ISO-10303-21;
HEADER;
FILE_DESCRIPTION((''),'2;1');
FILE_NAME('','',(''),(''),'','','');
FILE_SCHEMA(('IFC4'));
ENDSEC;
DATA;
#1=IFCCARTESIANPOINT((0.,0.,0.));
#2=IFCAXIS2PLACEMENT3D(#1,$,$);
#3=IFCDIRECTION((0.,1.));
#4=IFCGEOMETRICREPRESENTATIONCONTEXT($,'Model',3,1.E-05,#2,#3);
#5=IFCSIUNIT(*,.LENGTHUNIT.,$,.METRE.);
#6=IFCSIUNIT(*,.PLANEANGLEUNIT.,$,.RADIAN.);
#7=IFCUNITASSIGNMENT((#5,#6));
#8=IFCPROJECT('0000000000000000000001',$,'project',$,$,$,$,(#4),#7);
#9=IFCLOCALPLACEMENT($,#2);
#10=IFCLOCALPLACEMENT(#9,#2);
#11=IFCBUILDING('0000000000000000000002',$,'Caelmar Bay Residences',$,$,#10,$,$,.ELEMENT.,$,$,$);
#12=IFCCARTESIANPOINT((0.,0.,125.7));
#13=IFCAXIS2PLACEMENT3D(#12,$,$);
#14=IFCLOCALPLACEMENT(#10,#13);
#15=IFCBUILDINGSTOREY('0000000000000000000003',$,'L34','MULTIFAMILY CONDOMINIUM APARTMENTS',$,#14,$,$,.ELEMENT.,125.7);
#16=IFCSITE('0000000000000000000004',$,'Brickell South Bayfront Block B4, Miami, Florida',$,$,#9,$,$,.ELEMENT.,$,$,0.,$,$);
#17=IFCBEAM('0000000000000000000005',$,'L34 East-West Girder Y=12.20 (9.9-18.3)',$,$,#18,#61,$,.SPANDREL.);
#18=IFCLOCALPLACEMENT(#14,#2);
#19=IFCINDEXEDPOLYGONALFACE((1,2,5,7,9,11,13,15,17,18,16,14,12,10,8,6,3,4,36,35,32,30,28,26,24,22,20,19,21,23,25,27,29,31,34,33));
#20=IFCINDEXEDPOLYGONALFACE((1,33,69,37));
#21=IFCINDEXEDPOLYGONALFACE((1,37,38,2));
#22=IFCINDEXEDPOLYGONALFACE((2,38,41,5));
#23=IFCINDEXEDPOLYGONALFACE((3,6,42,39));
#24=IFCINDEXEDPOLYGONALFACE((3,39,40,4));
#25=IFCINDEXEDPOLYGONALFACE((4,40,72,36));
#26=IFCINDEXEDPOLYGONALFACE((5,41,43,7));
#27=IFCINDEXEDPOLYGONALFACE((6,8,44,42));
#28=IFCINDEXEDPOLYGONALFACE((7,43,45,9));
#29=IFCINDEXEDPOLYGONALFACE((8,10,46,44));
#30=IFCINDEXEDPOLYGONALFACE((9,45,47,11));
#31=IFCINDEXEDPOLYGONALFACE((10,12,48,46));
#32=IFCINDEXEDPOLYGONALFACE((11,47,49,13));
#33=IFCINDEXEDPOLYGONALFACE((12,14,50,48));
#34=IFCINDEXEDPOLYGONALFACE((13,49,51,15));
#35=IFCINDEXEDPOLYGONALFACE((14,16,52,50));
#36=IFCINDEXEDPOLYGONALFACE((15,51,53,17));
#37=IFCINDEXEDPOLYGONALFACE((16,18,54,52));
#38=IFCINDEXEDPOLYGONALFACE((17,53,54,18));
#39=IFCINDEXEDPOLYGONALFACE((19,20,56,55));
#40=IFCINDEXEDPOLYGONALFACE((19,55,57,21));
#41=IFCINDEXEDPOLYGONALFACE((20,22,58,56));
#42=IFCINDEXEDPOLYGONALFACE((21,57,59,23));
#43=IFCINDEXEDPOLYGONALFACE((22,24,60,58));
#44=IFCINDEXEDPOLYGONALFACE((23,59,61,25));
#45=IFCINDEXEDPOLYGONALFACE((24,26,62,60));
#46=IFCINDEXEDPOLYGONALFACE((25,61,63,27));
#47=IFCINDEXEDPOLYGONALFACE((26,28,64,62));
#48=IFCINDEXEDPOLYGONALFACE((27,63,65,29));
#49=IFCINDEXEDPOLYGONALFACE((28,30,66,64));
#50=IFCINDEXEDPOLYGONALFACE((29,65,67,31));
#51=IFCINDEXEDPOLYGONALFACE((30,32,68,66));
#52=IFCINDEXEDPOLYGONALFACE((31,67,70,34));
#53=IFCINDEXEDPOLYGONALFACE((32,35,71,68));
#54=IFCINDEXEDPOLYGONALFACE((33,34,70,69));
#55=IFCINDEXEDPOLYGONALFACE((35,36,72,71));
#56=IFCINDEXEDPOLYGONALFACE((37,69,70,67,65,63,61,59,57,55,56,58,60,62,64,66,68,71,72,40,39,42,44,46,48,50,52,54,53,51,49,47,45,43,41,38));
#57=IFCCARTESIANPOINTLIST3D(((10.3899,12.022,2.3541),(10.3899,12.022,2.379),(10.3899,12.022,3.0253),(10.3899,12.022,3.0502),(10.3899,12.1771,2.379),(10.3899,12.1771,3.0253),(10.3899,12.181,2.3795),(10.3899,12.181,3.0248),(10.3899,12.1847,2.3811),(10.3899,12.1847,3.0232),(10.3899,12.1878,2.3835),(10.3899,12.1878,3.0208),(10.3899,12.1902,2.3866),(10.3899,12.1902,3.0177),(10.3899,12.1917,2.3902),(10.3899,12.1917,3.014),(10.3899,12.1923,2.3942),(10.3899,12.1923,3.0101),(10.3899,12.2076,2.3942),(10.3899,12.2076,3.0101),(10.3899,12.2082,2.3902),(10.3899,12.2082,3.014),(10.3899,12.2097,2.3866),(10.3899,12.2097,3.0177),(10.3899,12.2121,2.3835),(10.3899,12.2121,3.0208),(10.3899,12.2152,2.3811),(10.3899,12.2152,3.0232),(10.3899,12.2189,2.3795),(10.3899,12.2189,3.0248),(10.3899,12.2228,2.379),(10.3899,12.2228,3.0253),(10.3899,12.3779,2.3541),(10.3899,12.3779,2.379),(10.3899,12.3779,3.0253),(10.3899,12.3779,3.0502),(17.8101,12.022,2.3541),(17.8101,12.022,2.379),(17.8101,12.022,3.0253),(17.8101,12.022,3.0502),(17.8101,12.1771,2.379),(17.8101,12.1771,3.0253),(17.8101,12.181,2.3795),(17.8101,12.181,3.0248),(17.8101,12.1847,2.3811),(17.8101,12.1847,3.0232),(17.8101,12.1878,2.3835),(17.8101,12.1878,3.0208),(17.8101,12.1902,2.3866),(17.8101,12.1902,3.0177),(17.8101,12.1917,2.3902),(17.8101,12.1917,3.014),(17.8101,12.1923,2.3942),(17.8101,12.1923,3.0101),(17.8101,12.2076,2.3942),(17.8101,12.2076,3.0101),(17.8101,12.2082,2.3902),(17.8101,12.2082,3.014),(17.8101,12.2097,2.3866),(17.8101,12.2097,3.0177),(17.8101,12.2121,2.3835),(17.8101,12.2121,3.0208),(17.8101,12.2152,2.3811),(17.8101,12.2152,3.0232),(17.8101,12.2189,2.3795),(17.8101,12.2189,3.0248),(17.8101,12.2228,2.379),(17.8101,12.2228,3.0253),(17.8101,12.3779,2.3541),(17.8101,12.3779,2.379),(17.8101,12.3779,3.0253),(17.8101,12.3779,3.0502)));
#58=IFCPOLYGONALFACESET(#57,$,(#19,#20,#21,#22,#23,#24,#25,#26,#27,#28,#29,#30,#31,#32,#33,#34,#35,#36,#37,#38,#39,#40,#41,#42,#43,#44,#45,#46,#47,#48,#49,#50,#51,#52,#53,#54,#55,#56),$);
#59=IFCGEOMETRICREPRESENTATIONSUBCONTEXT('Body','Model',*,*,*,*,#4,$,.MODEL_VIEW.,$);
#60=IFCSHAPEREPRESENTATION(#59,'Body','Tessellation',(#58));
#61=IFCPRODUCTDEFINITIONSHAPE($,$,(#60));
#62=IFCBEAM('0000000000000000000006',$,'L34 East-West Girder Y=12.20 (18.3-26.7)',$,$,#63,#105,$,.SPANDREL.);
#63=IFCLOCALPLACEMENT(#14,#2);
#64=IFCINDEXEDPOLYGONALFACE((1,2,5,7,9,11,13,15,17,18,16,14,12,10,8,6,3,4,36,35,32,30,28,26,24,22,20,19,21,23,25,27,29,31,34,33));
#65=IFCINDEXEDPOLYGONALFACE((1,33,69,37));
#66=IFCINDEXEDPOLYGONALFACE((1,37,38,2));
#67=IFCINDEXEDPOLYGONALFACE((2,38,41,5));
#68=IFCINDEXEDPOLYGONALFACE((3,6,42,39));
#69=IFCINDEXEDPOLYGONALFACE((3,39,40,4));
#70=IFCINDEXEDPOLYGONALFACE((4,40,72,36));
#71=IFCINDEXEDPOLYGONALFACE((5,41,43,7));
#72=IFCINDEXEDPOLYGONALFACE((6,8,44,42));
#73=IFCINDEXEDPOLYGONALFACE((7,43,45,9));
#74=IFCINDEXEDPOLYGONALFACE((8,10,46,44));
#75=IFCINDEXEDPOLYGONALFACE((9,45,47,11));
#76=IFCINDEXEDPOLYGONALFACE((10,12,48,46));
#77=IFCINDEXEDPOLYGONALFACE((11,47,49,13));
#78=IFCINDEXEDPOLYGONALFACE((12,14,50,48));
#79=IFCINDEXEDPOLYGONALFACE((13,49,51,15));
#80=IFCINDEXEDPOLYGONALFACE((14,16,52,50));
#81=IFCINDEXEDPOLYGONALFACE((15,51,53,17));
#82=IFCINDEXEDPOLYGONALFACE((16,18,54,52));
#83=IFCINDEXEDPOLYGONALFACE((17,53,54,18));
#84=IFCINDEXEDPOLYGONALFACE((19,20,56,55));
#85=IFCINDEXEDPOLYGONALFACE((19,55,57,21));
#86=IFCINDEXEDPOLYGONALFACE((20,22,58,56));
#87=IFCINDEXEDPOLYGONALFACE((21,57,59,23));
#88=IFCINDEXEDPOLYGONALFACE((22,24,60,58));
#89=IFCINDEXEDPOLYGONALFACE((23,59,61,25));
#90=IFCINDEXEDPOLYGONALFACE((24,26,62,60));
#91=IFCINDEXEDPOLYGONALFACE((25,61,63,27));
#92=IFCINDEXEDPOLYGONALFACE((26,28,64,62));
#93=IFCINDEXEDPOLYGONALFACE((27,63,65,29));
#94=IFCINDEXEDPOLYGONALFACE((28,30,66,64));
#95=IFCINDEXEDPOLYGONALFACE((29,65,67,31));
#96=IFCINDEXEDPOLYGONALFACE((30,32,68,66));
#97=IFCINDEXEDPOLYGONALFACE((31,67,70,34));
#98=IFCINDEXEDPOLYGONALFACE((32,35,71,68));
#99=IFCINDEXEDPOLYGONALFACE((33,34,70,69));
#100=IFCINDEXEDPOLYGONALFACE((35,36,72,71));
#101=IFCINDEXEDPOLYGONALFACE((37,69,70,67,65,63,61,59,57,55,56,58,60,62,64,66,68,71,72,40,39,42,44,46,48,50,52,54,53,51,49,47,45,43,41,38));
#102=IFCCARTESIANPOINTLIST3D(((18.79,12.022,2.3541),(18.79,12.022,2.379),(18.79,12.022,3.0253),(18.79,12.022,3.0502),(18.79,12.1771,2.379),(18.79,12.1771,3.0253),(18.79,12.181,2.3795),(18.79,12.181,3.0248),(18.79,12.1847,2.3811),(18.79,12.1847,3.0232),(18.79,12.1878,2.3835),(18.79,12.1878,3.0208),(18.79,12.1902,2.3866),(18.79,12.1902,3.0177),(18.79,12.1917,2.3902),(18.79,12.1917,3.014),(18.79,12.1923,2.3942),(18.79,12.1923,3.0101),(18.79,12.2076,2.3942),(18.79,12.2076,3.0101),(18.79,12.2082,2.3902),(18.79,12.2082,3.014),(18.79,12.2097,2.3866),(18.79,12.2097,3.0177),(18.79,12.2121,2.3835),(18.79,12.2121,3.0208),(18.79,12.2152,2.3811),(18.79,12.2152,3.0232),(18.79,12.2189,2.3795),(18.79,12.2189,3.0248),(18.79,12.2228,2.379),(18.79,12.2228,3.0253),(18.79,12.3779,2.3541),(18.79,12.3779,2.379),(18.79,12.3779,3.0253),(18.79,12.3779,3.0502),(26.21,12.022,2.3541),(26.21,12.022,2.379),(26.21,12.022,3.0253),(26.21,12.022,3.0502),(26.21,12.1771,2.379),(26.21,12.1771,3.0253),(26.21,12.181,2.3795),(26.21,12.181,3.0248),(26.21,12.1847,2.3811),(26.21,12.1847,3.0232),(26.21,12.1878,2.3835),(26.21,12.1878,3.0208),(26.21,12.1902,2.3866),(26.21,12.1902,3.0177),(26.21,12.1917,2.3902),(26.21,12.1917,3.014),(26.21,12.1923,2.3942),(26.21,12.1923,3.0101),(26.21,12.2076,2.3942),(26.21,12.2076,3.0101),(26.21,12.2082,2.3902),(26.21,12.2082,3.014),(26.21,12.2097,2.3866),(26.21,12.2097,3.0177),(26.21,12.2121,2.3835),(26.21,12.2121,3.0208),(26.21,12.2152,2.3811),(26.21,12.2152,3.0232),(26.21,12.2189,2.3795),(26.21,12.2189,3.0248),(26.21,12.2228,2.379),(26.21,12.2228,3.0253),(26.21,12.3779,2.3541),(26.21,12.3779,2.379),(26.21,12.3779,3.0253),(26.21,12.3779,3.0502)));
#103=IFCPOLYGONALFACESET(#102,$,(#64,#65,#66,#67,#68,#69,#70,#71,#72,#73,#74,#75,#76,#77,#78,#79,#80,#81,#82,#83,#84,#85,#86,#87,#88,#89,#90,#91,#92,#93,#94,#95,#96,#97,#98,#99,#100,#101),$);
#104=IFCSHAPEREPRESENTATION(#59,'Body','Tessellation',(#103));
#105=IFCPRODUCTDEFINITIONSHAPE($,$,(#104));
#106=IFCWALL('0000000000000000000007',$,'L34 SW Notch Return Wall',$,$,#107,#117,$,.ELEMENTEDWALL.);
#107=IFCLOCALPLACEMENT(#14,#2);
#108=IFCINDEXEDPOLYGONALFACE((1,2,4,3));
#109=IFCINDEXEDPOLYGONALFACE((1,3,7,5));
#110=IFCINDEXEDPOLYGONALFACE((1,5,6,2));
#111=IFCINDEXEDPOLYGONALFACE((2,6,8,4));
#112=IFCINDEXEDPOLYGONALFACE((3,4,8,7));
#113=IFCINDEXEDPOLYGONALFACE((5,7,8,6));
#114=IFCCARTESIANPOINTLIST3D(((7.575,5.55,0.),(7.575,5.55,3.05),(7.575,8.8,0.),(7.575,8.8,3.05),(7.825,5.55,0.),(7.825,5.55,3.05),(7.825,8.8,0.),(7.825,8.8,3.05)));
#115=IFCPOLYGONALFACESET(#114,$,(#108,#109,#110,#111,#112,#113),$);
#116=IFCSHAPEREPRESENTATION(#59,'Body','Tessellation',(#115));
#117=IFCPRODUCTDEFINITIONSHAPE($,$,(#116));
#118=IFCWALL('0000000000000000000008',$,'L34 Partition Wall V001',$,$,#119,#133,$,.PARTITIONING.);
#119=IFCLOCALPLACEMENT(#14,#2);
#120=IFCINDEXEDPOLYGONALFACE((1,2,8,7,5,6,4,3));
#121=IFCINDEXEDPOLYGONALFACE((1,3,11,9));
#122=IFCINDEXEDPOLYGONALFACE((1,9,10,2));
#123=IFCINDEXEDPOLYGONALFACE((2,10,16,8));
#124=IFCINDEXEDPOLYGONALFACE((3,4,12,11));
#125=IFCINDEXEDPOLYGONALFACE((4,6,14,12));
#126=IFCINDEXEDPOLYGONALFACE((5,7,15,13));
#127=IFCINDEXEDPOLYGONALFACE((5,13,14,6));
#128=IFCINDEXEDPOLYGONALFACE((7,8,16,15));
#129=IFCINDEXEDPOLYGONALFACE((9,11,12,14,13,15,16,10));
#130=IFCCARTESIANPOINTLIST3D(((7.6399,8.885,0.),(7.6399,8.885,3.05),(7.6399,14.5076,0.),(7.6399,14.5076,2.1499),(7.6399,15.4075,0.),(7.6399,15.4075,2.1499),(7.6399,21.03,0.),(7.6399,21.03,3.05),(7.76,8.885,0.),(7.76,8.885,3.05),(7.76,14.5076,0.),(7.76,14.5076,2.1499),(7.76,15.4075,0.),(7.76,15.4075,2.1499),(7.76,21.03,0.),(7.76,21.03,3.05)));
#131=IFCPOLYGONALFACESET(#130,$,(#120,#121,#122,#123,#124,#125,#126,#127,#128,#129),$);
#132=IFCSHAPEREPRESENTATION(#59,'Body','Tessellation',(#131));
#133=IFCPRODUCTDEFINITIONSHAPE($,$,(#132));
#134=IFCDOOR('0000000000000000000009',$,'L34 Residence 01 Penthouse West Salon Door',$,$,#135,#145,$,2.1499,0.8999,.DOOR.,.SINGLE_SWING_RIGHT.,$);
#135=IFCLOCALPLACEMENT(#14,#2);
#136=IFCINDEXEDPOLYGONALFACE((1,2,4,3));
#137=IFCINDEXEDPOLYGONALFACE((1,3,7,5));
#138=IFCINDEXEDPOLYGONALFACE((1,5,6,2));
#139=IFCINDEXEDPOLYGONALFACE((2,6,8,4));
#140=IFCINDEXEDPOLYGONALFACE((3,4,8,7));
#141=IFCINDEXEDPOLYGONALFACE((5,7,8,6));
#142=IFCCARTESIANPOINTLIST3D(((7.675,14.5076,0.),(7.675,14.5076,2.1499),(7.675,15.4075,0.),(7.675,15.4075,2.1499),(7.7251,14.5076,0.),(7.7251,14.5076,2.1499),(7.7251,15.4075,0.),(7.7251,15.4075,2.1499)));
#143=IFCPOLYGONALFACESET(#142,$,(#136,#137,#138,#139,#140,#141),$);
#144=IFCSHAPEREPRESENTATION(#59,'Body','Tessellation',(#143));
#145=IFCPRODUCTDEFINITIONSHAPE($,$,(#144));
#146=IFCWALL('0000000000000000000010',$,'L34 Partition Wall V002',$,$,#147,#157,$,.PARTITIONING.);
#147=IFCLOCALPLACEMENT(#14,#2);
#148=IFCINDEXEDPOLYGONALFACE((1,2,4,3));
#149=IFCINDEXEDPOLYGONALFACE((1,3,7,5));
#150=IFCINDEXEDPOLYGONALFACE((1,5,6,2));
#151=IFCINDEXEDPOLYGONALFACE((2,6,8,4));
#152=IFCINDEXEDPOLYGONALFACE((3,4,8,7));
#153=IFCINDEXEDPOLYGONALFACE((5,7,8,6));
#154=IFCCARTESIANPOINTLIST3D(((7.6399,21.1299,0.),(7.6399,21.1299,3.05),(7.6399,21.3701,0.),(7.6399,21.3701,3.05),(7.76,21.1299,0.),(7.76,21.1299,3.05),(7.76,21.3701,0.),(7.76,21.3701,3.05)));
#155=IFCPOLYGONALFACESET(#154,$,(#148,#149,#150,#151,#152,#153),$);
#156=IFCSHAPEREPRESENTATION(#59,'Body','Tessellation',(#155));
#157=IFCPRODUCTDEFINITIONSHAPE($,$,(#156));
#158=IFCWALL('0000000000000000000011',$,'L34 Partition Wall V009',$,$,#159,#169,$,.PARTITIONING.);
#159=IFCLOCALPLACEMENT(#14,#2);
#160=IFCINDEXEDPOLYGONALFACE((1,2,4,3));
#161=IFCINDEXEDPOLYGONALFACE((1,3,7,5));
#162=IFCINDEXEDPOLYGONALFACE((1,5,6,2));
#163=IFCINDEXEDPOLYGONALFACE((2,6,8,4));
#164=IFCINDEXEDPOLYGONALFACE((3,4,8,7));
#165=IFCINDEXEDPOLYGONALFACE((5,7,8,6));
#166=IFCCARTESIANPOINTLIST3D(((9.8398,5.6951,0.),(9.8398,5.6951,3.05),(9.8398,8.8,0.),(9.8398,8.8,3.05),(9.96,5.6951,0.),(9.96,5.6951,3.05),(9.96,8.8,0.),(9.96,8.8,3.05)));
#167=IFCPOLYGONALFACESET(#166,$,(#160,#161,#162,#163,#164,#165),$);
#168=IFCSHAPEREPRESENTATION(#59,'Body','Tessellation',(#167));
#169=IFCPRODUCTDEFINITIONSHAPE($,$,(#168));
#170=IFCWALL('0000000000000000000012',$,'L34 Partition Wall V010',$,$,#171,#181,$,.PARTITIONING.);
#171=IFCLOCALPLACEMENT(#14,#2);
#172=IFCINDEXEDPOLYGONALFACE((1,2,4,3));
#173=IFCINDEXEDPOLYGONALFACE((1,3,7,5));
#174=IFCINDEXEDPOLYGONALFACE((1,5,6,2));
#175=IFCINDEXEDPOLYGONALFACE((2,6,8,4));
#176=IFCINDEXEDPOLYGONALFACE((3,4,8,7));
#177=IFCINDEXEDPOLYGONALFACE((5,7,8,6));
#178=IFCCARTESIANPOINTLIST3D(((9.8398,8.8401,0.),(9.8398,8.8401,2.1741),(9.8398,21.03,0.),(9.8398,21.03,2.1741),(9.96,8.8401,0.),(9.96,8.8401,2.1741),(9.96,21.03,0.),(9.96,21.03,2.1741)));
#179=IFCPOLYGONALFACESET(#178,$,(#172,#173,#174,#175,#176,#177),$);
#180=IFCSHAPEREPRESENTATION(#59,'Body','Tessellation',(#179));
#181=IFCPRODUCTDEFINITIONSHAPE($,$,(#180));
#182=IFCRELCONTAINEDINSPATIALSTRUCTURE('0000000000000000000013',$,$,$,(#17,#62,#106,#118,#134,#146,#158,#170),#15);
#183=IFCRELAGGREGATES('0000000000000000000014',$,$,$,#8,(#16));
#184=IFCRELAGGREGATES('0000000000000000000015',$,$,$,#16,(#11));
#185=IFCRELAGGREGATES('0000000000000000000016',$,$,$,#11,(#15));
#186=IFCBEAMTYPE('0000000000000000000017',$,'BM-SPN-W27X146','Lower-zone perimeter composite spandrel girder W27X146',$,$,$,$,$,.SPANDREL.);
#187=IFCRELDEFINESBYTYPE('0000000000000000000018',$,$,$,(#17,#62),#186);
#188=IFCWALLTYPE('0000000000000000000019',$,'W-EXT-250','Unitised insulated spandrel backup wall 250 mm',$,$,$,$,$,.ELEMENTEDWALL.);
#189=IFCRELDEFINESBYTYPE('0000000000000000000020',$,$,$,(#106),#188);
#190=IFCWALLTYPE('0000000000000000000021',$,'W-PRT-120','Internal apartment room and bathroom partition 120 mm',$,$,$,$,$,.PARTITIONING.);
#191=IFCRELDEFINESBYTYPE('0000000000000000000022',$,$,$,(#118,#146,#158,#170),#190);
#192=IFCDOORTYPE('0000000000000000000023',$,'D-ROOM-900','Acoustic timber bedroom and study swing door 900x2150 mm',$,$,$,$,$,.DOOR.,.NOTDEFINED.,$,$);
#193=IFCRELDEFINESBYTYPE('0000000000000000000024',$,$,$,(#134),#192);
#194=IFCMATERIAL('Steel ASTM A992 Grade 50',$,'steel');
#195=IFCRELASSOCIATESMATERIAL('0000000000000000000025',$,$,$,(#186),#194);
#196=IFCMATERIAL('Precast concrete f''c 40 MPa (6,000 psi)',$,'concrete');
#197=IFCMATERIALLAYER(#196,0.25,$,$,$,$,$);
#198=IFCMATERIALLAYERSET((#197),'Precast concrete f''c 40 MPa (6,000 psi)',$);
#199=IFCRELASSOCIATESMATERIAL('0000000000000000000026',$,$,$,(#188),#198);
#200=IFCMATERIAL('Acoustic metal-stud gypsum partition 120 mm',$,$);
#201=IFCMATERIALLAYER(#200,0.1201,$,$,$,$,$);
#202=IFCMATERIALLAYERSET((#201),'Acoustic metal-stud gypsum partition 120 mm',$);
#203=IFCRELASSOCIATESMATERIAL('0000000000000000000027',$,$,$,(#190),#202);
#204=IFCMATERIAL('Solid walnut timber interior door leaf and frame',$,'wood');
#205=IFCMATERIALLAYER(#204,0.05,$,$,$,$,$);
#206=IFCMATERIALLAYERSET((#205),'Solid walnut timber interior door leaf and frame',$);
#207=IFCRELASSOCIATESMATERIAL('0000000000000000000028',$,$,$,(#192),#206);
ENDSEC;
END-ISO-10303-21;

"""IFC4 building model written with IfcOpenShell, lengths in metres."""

from ifc_helpers import new_model, si_unit, direction, frame, frame_2d, origin, origin_2d, place, context, subcontext, project, spatial, rectangle, i_section, extrude, material, layer, layer_set, material_profile, profile_set, type_object, element, fill, save


model = new_model("IFC4")

# Units and contexts
model_context = context("Model", 3, precision=1e-05, world=origin(), true_north=direction((0.0, 1.0)))
body_context = subcontext(model_context, "Body", "Model", "MODEL_VIEW")
ifc_project = project(units=[si_unit("LENGTHUNIT", "METRE"), si_unit("PLANEANGLEUNIT", "RADIAN")], contexts=[model_context])

# Site, building, storey
site_placement = place(None, origin())
site = spatial("IfcSite", under=ifc_project, at=site_placement, Name="Brickell South Bayfront Block B4, Miami, Florida", CompositionType="ELEMENT", RefElevation=0.0)
building_placement = place(site_placement, origin())
building = spatial("IfcBuilding", under=site, at=building_placement, Name="Caelmar Bay Residences", CompositionType="ELEMENT")
storey_placement = place(building_placement, frame((0.0, 0.0, 125.7)))
storey = spatial("IfcBuildingStorey", under=building, at=storey_placement, Name="L34", Description="MULTIFAMILY CONDOMINIUM APARTMENTS", CompositionType="ELEMENT", Elevation=125.7)

# Beams
ifc_material_1 = material(Name="Steel ASTM A992 Grade 50", Category="steel")
ifc_material_profile_1 = material_profile(ifc_material_1, i_section(OverallWidth=0.356, OverallDepth=0.696, WebThickness=0.0154, FlangeThickness=0.0249, FilletRadius=0.0151, at=origin_2d()), Name="W27X146")
ifc_profile_set_1 = profile_set([ifc_material_profile_1], Name="Steel ASTM A992 Grade 50")
beam_type_1 = type_object("IfcBeamType", Name="BM-SPN-W27X146", Description="Lower-zone perimeter composite spandrel girder W27X146", PredefinedType="SPANDREL", material=ifc_profile_set_1)
beam_1_placement = place(storey_placement, frame((10.3899, 12.2, 2.7021), z_axis=(1.0, 0.0, 0.0), x_axis=(0.0, 1.0, 0.0)))
element("IfcBeam", 1, at=beam_1_placement, inside=storey, type_object=beam_type_1, Name="L34 East-West Girder Y=12.20 (9.9-18.3)", PredefinedType="SPANDREL", context=body_context, shape_type="SweptSolid", body=[
    extrude(i_section(OverallWidth=0.356, OverallDepth=0.696, WebThickness=0.0154, FlangeThickness=0.0249, FilletRadius=0.0151, at=origin_2d()), origin(), (0.0, 0.0, 1.0), 7.4202),
])
beam_2_placement = place(storey_placement, frame((18.79, 12.2, 2.7021), z_axis=(1.0, 0.0, 0.0), x_axis=(0.0, 1.0, 0.0)))
element("IfcBeam", 2, at=beam_2_placement, inside=storey, type_object=beam_type_1, Name="L34 East-West Girder Y=12.20 (18.3-26.7)", PredefinedType="SPANDREL", context=body_context, shape_type="SweptSolid", body=[
    extrude(i_section(OverallWidth=0.356, OverallDepth=0.696, WebThickness=0.0154, FlangeThickness=0.0249, FilletRadius=0.0151, at=origin_2d()), origin(), (0.0, 0.0, 1.0), 7.4199),
])

# Wall
ifc_material_2 = material(Name="Precast concrete f'c 40 MPa (6,000 psi)", Category="concrete")
ifc_layer_1 = layer(ifc_material_2, 0.25)
ifc_layer_set_1 = layer_set([ifc_layer_1], Name="Precast concrete f'c 40 MPa (6,000 psi)")
wall_type_1 = type_object("IfcWallType", Name="W-EXT-250", Description="Unitised insulated spandrel backup wall 250 mm", PredefinedType="ELEMENTEDWALL", material=ifc_layer_set_1)
wall_1_placement = place(storey_placement, frame((7.7, 8.8, 0.0), z_axis=(0.0, 0.0, 1.0), x_axis=(0.0, -1.0, 0.0)))
element("IfcWall", 3, at=wall_1_placement, inside=storey, type_object=wall_type_1, Name="L34 SW Notch Return Wall", PredefinedType="ELEMENTEDWALL", context=body_context, shape_type="SweptSolid", body=[
    extrude(rectangle(XDim=3.25, YDim=0.25, at=frame_2d((1.625, 0.0))), origin(), (0.0, 0.0, 1.0), 3.05),
])

# Wall, opening, door
ifc_material_3 = material(Name="Acoustic metal-stud gypsum partition 120 mm")
ifc_layer_2 = layer(ifc_material_3, 0.1201)
ifc_layer_set_2 = layer_set([ifc_layer_2], Name="Acoustic metal-stud gypsum partition 120 mm")
wall_type_2 = type_object("IfcWallType", Name="W-PRT-120", Description="Internal apartment room and bathroom partition 120 mm", PredefinedType="PARTITIONING", material=ifc_layer_set_2)
wall_2_placement = place(storey_placement, frame((7.7, 8.885, 0.0), z_axis=(0.0, 0.0, 1.0), x_axis=(0.0, 1.0, 0.0)))
wall_2 = element("IfcWall", 4, at=wall_2_placement, inside=storey, type_object=wall_type_2, Name="L34 Partition Wall V001", PredefinedType="PARTITIONING", context=body_context, shape_type="SweptSolid", body=[
    extrude(rectangle(XDim=12.145, YDim=0.1201, at=frame_2d((6.0725, 0.0))), origin(), (0.0, 0.0, 1.0), 3.05),
])
opening_1_placement = place(wall_2_placement, frame((5.6226, 0.0, 0.0)))
opening_1 = element("IfcOpeningElement", 5, at=opening_1_placement, cuts=wall_2, PredefinedType="OPENING", context=body_context, shape_type="SweptSolid", body=[
    extrude(rectangle(XDim=0.8999, YDim=2.1499, at=frame_2d((0.45, 1.075))), frame((0.0, 0.0701, 0.0), z_axis=(0.0, -1.0, 0.0), x_axis=(1.0, 0.0, 0.0)), (0.0, 0.0, 1.0), 0.1401),
])
ifc_material_4 = material(Name="Solid walnut timber interior door leaf and frame", Category="wood")
ifc_layer_3 = layer(ifc_material_4, 0.05)
ifc_layer_set_3 = layer_set([ifc_layer_3], Name="Solid walnut timber interior door leaf and frame")
door_type = type_object("IfcDoorType", Name="D-ROOM-900", Description="Acoustic timber bedroom and study swing door 900x2150 mm", OperationType="NOTDEFINED", PredefinedType="DOOR", material=ifc_layer_set_3)
door_1_placement = place(opening_1_placement, origin())
door_1 = element("IfcDoor", 6, at=door_1_placement, inside=storey, type_object=door_type, Name="L34 Residence 01 Penthouse West Salon Door", OperationType="SINGLE_SWING_RIGHT", OverallHeight=2.1499, OverallWidth=0.8999, PredefinedType="DOOR", context=body_context, shape_type="SweptSolid", body=[
    extrude(rectangle(XDim=0.8999, YDim=2.1499, at=frame_2d((0.45, 1.075))), frame((0.0, 0.0249, 0.0), z_axis=(0.0, -1.0, 0.0), x_axis=(1.0, 0.0, 0.0)), (0.0, 0.0, 1.0), 0.05),
])
fill(opening_1, door_1)

# Walls
wall_3_placement = place(storey_placement, frame((7.7, 21.1299, 0.0), z_axis=(0.0, 0.0, 1.0), x_axis=(0.0, 1.0, 0.0)))
element("IfcWall", 7, at=wall_3_placement, inside=storey, type_object=wall_type_2, Name="L34 Partition Wall V002", PredefinedType="PARTITIONING", context=body_context, shape_type="SweptSolid", body=[
    extrude(rectangle(XDim=0.2402, YDim=0.1201, at=frame_2d((0.1201, 0.0))), origin(), (0.0, 0.0, 1.0), 3.05),
])
wall_4_placement = place(storey_placement, frame((9.8999, 5.6951, 0.0), z_axis=(0.0, 0.0, 1.0), x_axis=(0.0, 1.0, 0.0)))
element("IfcWall", 8, at=wall_4_placement, inside=storey, type_object=wall_type_2, Name="L34 Partition Wall V009", PredefinedType="PARTITIONING", context=body_context, shape_type="SweptSolid", body=[
    extrude(rectangle(XDim=3.105, YDim=0.1201, at=frame_2d((1.5525, 0.0))), origin(), (0.0, 0.0, 1.0), 3.05),
])
wall_5_placement = place(storey_placement, frame((9.8999, 8.8401, 0.0), z_axis=(0.0, 0.0, 1.0), x_axis=(0.0, 1.0, 0.0)))
element("IfcWall", 9, at=wall_5_placement, inside=storey, type_object=wall_type_2, Name="L34 Partition Wall V010", PredefinedType="PARTITIONING", context=body_context, shape_type="SweptSolid", body=[
    extrude(rectangle(XDim=12.1899, YDim=0.1201, at=frame_2d((6.095, 0.0))), origin(), (0.0, 0.0, 1.0), 2.1741),
])

save(model, "model.ifc")
